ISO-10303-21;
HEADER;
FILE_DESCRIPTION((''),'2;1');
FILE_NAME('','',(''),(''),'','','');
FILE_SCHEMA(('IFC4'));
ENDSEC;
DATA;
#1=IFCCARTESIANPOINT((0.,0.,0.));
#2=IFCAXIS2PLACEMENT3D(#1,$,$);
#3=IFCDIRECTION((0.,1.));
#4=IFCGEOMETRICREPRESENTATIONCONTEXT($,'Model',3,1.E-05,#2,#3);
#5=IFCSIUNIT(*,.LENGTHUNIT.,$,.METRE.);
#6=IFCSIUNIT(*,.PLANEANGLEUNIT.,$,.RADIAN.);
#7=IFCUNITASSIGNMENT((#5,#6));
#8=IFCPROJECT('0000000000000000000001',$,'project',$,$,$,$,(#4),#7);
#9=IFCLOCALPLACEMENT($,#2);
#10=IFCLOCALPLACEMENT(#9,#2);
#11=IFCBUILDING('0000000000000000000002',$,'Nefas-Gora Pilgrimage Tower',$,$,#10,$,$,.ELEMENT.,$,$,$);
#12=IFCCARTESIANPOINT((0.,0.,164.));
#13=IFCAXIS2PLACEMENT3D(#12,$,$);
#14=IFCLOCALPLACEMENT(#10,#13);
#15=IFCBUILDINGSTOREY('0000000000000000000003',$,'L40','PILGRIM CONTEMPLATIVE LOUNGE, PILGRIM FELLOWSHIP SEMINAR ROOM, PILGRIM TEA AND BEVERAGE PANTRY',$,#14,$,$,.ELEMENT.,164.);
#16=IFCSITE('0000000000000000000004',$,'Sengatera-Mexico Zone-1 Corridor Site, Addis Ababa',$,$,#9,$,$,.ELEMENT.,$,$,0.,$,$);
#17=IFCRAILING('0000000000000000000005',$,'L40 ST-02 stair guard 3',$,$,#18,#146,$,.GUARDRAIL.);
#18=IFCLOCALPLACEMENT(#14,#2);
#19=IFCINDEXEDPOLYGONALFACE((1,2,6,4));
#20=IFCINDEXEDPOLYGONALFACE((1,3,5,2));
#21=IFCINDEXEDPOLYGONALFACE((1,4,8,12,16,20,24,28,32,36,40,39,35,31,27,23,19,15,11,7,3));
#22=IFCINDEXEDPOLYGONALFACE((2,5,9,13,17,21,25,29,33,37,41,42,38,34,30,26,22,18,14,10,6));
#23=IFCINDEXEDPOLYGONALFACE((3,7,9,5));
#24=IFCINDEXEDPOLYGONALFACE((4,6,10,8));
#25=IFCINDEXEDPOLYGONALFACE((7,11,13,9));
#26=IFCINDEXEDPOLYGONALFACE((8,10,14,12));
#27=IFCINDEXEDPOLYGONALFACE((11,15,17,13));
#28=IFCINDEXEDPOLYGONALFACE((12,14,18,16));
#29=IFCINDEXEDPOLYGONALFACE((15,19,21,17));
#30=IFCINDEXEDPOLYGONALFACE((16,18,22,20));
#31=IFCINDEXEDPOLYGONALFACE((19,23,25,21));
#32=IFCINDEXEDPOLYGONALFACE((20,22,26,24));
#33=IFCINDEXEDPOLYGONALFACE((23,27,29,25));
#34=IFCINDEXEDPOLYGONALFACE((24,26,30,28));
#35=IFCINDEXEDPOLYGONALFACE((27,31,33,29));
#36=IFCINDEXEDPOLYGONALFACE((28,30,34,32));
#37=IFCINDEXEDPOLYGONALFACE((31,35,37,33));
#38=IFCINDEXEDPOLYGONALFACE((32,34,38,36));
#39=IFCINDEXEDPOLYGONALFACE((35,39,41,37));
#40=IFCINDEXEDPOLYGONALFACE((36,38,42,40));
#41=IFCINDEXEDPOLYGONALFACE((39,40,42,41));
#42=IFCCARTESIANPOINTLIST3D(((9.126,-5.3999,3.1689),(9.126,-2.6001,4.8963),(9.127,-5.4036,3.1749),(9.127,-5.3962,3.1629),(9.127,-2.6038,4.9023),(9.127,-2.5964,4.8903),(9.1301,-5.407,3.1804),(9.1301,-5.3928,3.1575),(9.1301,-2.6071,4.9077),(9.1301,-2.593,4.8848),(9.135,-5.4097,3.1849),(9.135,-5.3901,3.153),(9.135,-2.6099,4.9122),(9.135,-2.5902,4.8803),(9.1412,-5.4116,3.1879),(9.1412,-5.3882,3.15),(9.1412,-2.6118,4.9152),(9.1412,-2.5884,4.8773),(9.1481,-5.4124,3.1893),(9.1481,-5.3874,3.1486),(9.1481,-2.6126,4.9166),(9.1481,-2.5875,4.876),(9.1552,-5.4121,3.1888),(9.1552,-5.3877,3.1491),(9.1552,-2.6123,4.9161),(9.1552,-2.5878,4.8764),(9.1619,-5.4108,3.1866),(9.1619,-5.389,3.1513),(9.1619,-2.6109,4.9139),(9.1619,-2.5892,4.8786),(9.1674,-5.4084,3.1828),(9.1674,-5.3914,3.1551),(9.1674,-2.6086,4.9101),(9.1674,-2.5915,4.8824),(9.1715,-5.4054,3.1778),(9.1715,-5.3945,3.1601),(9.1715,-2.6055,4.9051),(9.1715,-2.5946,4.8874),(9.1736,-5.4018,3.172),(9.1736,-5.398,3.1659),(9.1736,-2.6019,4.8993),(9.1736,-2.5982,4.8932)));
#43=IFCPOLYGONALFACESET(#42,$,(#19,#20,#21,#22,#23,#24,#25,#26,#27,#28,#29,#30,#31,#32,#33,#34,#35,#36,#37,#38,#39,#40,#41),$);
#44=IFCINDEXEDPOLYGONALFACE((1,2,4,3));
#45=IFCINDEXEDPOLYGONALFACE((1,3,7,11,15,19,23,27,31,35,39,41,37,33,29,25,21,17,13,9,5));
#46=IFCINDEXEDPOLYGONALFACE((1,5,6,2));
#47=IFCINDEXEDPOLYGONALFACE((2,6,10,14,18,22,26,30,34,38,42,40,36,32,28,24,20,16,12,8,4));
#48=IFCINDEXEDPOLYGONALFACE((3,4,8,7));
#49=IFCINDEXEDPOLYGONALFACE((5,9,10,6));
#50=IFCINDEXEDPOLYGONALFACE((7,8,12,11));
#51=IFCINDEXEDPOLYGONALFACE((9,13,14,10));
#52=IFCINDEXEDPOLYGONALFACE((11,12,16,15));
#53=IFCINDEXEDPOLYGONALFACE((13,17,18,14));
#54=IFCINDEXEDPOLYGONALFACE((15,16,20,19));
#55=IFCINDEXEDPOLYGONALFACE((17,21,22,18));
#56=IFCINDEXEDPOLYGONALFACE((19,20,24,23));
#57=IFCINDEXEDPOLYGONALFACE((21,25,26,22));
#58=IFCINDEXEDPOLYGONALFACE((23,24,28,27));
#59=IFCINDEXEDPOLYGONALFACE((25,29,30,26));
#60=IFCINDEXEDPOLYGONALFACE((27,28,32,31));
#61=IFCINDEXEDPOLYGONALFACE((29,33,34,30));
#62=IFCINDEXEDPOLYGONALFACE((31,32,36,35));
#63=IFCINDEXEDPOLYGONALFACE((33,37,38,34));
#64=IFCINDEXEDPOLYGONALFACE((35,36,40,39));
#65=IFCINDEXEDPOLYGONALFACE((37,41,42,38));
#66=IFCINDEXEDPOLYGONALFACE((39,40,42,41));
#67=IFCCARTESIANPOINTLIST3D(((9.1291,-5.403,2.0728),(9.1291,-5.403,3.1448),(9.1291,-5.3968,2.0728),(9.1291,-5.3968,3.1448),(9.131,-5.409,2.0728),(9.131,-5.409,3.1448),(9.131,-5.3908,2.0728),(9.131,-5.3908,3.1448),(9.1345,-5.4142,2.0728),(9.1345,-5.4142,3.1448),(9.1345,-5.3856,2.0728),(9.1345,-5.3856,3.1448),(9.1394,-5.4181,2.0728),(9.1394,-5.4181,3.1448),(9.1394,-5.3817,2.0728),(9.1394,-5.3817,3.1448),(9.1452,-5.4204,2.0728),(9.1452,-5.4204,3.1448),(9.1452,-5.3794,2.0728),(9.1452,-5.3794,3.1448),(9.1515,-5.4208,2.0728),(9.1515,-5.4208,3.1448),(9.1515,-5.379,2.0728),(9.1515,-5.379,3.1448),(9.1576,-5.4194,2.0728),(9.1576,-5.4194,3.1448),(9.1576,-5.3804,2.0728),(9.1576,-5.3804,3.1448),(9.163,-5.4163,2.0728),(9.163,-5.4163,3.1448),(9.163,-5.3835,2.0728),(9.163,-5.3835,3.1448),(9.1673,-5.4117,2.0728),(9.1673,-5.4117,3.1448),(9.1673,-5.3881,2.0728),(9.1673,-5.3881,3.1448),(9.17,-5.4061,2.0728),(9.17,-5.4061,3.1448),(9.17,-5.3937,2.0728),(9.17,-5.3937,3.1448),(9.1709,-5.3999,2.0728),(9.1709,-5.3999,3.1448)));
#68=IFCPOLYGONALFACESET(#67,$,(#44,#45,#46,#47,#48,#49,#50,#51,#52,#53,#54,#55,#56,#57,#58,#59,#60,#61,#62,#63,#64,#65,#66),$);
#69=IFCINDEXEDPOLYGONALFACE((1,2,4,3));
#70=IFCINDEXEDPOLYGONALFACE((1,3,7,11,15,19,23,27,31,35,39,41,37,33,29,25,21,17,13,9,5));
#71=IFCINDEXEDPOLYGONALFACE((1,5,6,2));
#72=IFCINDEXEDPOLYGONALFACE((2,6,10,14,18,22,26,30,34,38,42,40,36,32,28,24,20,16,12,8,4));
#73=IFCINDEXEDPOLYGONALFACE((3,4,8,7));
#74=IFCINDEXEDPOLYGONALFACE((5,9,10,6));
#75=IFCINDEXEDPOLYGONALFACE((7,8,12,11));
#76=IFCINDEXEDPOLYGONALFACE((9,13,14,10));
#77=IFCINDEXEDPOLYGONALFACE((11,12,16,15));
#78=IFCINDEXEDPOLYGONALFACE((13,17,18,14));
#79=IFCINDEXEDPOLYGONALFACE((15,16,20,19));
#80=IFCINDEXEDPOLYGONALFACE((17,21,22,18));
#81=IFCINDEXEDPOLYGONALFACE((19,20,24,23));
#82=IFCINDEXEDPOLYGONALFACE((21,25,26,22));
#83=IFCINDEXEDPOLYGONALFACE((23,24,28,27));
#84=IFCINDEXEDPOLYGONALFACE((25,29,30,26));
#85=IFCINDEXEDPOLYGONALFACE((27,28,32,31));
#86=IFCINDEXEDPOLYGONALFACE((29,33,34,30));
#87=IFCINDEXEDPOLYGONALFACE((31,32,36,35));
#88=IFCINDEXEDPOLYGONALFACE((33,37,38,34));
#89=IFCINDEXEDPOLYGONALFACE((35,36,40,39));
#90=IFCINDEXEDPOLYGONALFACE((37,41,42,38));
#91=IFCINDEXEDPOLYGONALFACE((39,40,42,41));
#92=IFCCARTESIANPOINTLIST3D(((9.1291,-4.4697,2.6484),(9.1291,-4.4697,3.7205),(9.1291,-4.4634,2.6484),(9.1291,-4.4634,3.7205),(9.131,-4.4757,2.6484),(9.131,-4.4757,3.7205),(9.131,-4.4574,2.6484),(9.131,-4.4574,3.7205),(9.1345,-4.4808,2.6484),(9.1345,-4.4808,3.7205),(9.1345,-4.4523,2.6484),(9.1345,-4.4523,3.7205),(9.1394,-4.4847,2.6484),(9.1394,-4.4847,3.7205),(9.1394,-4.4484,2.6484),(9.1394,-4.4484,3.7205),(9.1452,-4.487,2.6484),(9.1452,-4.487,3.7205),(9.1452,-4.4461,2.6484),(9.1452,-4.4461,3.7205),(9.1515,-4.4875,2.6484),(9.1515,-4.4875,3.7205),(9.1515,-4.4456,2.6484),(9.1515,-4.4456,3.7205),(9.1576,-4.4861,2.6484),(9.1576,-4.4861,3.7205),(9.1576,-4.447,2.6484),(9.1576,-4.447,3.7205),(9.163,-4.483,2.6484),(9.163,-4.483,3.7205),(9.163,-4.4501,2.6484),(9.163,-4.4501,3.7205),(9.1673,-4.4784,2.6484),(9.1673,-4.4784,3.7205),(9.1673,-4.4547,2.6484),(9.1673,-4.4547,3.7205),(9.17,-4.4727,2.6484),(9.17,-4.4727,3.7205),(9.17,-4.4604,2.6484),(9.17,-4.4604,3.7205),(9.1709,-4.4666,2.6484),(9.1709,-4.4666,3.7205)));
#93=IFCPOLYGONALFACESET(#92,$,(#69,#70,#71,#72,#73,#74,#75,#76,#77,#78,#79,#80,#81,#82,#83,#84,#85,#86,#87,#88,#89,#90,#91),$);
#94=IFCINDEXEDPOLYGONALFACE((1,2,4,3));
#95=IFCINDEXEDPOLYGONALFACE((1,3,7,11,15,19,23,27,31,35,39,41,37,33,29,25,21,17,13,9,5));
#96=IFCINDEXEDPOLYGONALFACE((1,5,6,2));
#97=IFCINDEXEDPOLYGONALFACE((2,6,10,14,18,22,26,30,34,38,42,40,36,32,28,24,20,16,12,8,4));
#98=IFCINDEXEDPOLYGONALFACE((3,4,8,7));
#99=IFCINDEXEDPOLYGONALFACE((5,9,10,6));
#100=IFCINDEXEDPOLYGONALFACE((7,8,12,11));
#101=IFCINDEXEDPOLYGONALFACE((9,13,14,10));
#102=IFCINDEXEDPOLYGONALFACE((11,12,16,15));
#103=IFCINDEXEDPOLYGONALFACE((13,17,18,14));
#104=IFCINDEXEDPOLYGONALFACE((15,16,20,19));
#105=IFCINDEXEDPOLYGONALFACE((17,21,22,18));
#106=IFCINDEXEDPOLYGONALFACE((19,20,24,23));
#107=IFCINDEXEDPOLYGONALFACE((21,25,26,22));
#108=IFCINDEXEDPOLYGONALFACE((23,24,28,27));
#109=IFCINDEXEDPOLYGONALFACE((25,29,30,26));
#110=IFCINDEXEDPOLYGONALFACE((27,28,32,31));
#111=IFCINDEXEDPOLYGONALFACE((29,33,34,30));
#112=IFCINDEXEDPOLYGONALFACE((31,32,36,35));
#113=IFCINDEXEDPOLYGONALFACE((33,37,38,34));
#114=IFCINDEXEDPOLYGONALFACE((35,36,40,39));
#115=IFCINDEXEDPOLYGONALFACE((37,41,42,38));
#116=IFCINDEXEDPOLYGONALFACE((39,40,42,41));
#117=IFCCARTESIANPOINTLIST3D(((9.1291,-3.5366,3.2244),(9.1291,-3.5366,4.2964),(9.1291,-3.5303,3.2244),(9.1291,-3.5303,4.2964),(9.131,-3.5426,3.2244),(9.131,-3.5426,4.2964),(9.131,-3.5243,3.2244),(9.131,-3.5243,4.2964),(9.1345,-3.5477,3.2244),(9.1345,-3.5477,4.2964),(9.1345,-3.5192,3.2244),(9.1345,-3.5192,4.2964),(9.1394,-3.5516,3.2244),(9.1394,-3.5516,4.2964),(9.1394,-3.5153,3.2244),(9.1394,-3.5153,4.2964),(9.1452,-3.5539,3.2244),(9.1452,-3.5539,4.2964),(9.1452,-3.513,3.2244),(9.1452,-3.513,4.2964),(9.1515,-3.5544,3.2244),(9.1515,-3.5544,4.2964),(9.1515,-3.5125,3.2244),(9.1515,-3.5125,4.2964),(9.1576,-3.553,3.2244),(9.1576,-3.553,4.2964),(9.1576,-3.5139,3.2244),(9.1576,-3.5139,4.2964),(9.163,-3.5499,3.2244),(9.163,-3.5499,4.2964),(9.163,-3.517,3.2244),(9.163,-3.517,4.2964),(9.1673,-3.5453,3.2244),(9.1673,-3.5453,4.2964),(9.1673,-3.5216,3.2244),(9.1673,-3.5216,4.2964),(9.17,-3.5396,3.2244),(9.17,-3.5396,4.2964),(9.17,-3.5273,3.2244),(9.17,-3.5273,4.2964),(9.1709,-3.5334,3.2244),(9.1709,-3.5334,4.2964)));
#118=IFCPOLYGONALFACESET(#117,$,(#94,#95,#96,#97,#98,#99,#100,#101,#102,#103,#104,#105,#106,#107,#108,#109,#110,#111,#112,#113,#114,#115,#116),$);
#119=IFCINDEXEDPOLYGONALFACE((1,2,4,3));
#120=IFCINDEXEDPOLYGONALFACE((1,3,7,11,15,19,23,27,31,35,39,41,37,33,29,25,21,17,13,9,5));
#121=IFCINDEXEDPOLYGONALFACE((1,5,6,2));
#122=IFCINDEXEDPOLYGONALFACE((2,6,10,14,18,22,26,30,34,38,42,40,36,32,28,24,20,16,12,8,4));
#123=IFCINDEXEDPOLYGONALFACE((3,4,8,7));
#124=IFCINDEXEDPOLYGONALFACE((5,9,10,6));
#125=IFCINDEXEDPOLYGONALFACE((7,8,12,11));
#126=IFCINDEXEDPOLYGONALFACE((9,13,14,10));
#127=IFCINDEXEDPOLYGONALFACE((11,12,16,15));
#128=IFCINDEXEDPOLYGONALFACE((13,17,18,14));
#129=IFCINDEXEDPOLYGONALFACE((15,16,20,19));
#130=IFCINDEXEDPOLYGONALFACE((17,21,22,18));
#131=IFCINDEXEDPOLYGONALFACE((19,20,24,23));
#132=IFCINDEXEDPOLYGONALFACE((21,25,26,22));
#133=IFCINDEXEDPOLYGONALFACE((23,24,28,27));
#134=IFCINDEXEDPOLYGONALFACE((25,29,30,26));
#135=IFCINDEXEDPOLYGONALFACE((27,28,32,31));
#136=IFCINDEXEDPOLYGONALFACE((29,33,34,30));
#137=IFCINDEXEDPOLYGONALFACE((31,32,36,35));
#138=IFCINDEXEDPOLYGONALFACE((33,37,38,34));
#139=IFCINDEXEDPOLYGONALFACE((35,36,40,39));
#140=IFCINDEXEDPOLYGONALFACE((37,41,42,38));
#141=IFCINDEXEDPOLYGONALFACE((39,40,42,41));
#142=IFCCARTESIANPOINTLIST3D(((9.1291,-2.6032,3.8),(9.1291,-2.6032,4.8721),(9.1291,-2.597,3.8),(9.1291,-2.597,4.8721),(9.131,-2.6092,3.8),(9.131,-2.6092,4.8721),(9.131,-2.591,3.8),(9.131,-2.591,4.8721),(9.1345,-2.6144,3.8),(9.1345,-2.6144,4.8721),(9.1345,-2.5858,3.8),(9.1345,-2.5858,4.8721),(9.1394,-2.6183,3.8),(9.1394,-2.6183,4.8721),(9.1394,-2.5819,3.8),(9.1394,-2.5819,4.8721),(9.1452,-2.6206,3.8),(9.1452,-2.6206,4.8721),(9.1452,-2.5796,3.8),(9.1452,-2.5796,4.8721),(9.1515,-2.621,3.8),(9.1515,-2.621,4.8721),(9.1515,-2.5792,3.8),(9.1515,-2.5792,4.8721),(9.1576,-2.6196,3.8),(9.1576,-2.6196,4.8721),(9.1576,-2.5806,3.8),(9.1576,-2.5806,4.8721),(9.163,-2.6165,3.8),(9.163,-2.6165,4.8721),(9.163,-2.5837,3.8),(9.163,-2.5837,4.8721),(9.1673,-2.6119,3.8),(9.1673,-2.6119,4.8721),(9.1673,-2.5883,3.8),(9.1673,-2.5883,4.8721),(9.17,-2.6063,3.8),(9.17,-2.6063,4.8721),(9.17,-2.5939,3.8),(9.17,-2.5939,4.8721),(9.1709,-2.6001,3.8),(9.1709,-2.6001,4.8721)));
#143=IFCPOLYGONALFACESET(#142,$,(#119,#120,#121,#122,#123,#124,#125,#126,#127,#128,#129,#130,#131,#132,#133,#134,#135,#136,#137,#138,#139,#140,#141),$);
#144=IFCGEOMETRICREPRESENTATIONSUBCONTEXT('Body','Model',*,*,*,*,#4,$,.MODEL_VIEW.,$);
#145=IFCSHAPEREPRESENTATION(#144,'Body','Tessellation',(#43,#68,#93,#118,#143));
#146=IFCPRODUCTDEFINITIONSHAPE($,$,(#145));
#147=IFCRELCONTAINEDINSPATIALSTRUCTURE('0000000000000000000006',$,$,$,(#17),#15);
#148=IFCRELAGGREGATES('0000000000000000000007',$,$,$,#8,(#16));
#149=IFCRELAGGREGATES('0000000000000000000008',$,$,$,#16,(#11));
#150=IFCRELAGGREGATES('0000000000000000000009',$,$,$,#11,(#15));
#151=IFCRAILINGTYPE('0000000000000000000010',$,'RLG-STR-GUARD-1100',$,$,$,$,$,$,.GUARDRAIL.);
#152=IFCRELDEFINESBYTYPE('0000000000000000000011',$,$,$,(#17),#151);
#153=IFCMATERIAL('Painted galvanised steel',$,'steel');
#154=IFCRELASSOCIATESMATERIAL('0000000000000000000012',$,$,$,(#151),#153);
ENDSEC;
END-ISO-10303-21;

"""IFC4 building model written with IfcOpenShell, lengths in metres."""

from ifc_helpers import new_model, si_unit, direction, frame, origin, origin_2d, place, context, subcontext, project, spatial, circle, extrude, material, type_object, element, save


model = new_model("IFC4")

# Units and contexts
model_context = context("Model", 3, precision=1e-05, world=origin(), true_north=direction((0.0, 1.0)))
body_context = subcontext(model_context, "Body", "Model", "MODEL_VIEW")
ifc_project = project(units=[si_unit("LENGTHUNIT", "METRE"), si_unit("PLANEANGLEUNIT", "RADIAN")], contexts=[model_context])

# Site, building, storey
site_placement = place(None, origin())
site = spatial("IfcSite", under=ifc_project, at=site_placement, Name="Sengatera-Mexico Zone-1 Corridor Site, Addis Ababa", CompositionType="ELEMENT", RefElevation=0.0)
building_placement = place(site_placement, origin())
building = spatial("IfcBuilding", under=site, at=building_placement, Name="Nefas-Gora Pilgrimage Tower", CompositionType="ELEMENT")
storey_placement = place(building_placement, frame((0.0, 0.0, 164.0)))
storey = spatial("IfcBuildingStorey", under=building, at=storey_placement, Name="L40", Description="PILGRIM CONTEMPLATIVE LOUNGE, PILGRIM FELLOWSHIP SEMINAR ROOM, PILGRIM TEA AND BEVERAGE PANTRY", CompositionType="ELEMENT", Elevation=164.0)

# Railing
ifc_material_1 = material(Name="Painted galvanised steel", Category="steel")
railing_type_1 = type_object("IfcRailingType", Name="RLG-STR-GUARD-1100", PredefinedType="GUARDRAIL", material=ifc_material_1)
railing_1_placement = place(storey_placement, frame((9.1499, -5.3999, 2.0728)))
element("IfcRailing", 1, at=railing_1_placement, inside=storey, type_object=railing_type_1, Name="L40 ST-02 stair guard 3", PredefinedType="GUARDRAIL", context=body_context, shape_type="SweptSolid", body=[
    extrude(circle(Radius=0.0239, at=origin_2d()), frame((0.0, 0.0, 1.0962), z_axis=(0.0, 0.851069, 0.525054), x_axis=(-1.0, 0.0, 0.0)), (0.0, 0.0, 1.0), 3.2898),
    extrude(circle(Radius=0.021, at=origin_2d()), origin(), (0.0, 0.0, 1.0), 1.072),
    extrude(circle(Radius=0.021, at=origin_2d()), frame((0.0, 0.9333, 0.5757)), (0.0, 0.0, 1.0), 1.072),
    extrude(circle(Radius=0.021, at=origin_2d()), frame((0.0, 1.8665, 1.1516)), (0.0, 0.0, 1.0), 1.072),
    extrude(circle(Radius=0.021, at=origin_2d()), frame((0.0, 2.7998, 1.7273)), (0.0, 0.0, 1.0), 1.072),
])

save(model, "model.ifc")
